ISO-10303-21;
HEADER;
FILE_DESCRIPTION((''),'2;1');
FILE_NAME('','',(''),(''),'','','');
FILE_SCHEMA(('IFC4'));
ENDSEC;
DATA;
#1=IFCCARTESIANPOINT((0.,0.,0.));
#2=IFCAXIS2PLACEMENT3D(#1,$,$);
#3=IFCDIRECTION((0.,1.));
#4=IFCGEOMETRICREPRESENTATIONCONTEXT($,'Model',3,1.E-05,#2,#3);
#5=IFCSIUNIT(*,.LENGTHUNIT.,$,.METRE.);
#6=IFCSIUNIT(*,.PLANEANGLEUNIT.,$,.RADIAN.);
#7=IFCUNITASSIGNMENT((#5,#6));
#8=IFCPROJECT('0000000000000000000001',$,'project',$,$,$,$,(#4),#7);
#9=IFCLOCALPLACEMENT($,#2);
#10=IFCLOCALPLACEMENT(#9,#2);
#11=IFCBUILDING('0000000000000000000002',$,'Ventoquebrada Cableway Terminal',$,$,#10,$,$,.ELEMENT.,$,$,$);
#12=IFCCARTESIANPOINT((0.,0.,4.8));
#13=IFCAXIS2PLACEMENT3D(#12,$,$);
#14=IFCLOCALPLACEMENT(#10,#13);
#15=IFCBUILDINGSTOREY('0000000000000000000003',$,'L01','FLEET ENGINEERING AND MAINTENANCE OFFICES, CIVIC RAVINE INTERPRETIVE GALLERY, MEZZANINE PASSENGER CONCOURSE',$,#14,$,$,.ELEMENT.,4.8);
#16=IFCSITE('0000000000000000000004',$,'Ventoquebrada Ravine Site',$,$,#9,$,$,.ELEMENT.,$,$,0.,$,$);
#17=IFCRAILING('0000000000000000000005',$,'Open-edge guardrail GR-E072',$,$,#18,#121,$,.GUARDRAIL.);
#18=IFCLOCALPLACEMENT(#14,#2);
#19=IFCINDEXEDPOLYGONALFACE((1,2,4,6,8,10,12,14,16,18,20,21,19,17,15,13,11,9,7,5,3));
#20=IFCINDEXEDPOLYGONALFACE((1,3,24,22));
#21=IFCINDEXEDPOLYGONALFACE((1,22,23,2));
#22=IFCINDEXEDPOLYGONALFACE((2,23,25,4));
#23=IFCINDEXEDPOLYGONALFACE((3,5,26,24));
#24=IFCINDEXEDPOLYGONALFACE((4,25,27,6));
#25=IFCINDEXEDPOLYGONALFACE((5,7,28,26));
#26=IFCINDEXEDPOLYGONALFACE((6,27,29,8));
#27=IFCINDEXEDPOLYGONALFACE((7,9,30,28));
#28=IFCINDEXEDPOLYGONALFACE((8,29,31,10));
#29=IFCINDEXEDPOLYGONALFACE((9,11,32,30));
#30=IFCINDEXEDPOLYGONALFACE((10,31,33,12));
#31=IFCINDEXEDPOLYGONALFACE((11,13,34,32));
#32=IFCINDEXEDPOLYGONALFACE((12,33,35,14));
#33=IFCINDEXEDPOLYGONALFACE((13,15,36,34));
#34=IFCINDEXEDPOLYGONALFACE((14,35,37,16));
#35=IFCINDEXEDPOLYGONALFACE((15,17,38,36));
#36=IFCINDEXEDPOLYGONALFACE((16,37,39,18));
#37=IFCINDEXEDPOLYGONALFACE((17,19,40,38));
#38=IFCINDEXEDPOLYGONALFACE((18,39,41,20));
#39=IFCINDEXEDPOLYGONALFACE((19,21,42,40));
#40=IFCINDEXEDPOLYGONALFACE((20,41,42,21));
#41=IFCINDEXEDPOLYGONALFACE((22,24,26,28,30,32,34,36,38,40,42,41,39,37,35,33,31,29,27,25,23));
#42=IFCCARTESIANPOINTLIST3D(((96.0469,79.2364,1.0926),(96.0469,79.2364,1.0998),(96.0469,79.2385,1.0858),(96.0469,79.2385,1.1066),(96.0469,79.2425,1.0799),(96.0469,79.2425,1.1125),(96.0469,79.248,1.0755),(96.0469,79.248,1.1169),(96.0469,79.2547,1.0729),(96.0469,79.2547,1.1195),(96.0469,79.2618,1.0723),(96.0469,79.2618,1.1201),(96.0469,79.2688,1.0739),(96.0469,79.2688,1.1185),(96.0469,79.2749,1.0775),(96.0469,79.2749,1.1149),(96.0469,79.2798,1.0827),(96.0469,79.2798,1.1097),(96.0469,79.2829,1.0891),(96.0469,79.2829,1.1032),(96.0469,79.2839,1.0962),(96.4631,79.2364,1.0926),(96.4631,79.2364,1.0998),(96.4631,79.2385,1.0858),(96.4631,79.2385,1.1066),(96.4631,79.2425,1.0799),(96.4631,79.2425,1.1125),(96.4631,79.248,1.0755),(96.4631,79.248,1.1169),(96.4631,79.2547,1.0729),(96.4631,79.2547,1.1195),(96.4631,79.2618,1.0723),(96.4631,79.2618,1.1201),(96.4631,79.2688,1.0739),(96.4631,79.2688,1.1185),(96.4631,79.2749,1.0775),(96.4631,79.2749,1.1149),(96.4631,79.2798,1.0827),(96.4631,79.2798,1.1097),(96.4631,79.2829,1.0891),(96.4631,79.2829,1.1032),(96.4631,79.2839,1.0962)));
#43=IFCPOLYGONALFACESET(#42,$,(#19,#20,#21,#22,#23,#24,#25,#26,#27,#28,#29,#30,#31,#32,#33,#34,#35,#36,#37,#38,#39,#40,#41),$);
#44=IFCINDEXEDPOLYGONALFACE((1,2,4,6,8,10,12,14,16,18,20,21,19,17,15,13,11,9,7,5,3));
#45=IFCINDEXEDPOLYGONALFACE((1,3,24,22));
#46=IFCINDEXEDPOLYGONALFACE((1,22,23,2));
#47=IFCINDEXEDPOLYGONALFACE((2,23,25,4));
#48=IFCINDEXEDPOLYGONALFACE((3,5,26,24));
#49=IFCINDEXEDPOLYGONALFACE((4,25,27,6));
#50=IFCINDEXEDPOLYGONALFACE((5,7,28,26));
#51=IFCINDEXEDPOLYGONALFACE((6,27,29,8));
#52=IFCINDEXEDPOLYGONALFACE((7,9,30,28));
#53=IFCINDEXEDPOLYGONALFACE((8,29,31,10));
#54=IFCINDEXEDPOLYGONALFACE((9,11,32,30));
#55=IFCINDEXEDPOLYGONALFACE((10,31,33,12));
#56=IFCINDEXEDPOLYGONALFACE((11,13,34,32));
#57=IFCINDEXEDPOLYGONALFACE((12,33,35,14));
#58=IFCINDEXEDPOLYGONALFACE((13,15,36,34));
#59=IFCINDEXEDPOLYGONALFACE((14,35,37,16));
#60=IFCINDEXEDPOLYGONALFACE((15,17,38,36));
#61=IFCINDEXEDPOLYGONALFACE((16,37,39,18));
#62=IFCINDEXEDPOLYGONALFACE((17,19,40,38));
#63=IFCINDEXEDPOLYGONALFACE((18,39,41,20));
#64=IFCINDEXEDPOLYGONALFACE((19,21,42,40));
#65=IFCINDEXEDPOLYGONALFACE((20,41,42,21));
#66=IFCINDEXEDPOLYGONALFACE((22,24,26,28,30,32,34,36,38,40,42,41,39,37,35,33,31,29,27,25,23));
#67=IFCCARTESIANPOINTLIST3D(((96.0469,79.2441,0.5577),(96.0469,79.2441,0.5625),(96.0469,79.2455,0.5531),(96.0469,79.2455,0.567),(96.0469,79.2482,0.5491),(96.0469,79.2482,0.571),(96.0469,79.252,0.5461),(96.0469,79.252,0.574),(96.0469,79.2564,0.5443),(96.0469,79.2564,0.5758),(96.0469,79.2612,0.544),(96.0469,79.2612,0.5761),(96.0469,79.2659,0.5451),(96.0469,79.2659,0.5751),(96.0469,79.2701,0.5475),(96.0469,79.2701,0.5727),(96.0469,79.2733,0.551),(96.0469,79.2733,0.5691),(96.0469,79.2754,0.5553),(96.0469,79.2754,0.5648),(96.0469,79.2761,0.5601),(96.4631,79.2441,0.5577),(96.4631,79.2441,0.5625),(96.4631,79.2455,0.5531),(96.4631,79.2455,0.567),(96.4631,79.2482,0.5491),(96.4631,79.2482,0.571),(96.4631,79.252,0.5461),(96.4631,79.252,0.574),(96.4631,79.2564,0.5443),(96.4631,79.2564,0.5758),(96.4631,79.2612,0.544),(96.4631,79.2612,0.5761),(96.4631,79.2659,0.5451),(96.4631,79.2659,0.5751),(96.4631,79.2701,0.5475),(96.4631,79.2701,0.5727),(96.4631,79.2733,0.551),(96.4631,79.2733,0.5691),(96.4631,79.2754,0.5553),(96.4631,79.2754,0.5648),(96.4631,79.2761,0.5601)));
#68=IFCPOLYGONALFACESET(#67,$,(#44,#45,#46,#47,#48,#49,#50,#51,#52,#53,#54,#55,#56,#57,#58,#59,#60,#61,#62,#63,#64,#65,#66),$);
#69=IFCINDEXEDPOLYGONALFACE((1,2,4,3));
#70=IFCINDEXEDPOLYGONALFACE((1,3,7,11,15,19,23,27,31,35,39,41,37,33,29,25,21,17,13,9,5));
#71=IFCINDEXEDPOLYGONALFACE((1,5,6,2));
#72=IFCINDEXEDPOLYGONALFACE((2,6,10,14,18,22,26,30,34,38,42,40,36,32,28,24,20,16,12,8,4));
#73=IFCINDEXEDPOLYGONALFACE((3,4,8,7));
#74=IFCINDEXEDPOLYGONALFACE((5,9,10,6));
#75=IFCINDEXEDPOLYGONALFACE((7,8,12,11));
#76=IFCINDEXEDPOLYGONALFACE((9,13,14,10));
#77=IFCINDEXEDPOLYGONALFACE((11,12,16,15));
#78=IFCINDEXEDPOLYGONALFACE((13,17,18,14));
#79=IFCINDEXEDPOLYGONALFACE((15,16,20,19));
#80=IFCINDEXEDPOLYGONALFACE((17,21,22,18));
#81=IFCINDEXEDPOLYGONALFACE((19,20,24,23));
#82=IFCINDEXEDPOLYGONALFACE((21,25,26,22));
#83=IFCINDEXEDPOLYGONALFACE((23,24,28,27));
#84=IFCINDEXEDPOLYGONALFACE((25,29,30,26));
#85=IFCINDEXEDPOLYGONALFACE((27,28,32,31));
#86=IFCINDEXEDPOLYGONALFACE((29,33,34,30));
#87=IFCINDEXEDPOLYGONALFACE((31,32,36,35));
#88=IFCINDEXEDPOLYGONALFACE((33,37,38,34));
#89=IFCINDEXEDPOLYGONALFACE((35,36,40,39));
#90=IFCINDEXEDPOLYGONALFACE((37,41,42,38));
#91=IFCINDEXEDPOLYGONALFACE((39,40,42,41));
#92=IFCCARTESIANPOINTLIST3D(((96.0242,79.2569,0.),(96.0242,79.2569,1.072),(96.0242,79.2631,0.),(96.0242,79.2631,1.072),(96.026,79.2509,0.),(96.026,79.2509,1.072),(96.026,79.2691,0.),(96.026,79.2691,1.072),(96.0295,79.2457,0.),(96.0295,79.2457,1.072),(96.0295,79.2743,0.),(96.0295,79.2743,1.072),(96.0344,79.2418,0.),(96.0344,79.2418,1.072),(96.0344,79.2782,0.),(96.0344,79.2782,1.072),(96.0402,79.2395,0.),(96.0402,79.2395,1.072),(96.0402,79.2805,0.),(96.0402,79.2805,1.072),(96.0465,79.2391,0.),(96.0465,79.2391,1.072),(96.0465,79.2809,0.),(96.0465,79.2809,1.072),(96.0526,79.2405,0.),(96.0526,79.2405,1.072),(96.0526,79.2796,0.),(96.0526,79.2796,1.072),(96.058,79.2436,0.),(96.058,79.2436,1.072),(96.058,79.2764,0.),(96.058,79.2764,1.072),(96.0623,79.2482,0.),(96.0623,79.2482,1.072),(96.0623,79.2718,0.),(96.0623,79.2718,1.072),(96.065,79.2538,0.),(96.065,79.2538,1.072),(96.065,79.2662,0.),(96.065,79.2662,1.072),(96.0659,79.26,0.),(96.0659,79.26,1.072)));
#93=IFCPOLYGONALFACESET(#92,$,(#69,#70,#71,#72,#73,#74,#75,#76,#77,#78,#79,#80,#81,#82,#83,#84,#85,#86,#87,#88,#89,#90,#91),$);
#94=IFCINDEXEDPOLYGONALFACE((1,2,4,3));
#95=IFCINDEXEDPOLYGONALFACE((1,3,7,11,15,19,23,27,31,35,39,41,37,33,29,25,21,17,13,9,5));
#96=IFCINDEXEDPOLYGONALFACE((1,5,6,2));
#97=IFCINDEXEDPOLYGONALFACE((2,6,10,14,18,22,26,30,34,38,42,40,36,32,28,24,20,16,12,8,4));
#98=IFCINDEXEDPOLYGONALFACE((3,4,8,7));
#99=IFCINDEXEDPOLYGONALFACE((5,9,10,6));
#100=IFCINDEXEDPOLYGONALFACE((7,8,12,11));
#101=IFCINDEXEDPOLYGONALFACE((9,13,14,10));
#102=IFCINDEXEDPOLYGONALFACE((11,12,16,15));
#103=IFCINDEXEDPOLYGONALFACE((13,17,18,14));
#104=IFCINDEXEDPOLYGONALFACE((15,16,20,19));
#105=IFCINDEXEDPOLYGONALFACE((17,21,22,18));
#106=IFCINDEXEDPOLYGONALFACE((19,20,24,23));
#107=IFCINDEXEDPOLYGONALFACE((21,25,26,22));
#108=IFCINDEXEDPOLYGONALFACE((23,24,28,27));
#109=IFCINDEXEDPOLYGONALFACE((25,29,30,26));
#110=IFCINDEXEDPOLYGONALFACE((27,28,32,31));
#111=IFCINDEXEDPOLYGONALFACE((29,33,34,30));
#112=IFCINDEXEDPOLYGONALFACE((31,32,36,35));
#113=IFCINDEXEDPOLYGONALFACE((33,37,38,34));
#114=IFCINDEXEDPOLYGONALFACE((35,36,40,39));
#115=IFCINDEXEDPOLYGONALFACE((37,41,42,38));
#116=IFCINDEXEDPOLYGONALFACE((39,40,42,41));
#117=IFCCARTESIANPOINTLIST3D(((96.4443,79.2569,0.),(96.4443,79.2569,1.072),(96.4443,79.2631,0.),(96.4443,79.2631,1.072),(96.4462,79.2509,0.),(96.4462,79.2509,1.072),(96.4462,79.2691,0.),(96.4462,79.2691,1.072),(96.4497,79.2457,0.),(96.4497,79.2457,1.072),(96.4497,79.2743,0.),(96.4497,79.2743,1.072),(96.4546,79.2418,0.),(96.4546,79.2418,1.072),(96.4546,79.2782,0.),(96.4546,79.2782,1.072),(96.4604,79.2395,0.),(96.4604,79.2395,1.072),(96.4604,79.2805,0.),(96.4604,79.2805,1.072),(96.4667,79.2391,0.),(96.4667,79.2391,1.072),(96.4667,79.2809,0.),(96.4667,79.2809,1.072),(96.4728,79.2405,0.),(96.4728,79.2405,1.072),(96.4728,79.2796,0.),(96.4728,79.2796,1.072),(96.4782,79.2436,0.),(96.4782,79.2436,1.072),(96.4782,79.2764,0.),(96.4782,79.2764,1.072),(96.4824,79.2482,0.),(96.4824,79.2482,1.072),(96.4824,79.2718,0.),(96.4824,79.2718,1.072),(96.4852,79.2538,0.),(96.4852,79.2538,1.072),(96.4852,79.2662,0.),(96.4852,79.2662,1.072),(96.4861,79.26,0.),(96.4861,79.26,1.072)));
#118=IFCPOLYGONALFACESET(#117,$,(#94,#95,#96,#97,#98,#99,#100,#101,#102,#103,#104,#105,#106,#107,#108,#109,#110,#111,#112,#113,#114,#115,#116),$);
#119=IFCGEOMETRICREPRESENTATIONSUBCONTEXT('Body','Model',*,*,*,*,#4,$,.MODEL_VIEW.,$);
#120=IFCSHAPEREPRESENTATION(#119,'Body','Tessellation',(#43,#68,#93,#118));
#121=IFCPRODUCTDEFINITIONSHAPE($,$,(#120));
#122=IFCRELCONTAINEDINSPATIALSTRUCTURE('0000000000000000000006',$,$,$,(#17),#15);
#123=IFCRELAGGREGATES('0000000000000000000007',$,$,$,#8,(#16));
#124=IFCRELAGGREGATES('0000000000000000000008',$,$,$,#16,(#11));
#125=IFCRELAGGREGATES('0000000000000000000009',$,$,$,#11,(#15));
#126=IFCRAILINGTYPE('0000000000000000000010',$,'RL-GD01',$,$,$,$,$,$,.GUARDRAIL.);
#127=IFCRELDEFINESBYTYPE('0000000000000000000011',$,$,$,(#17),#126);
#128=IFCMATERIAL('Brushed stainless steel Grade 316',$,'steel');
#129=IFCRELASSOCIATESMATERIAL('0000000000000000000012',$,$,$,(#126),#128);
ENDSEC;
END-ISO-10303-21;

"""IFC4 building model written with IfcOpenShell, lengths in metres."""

from ifc_helpers import new_model, si_unit, direction, frame, origin, origin_2d, place, context, subcontext, project, spatial, circle, extrude, material, type_object, element, save


model = new_model("IFC4")

# Units and contexts
model_context = context("Model", 3, precision=1e-05, world=origin(), true_north=direction((0.0, 1.0)))
body_context = subcontext(model_context, "Body", "Model", "MODEL_VIEW")
ifc_project = project(units=[si_unit("LENGTHUNIT", "METRE"), si_unit("PLANEANGLEUNIT", "RADIAN")], contexts=[model_context])

# Site, building, storey
site_placement = place(None, origin())
site = spatial("IfcSite", under=ifc_project, at=site_placement, Name="Ventoquebrada Ravine Site", CompositionType="ELEMENT", RefElevation=0.0)
building_placement = place(site_placement, origin())
building = spatial("IfcBuilding", under=site, at=building_placement, Name="Ventoquebrada Cableway Terminal", CompositionType="ELEMENT")
storey_placement = place(building_placement, frame((0.0, 0.0, 4.8)))
storey = spatial("IfcBuildingStorey", under=building, at=storey_placement, Name="L01", Description="FLEET ENGINEERING AND MAINTENANCE OFFICES, CIVIC RAVINE INTERPRETIVE GALLERY, MEZZANINE PASSENGER CONCOURSE", CompositionType="ELEMENT", Elevation=4.8)

# Railing
ifc_material_1 = material(Name="Brushed stainless steel Grade 316", Category="steel")
railing_type_1 = type_object("IfcRailingType", Name="RL-GD01", PredefinedType="GUARDRAIL", material=ifc_material_1)
railing_1_placement = place(storey_placement, frame((96.0449, 79.26, 0.0)))
element("IfcRailing", 1, at=railing_1_placement, inside=storey, type_object=railing_type_1, Name="Open-edge guardrail GR-E072", PredefinedType="GUARDRAIL", context=body_context, shape_type="SweptSolid", body=[
    extrude(circle(Radius=0.0239, at=origin_2d()), frame((0.002, 0.0, 1.0962), z_axis=(1.0, 0.0, 0.0), x_axis=(0.0, 1.0, 0.0)), (0.0, 0.0, 1.0), 0.4163),
    extrude(circle(Radius=0.0161, at=origin_2d()), frame((0.002, 0.0, 0.5601), z_axis=(1.0, 0.0, 0.0), x_axis=(0.0, 1.0, 0.0)), (0.0, 0.0, 1.0), 0.4163),
    extrude(circle(Radius=0.021, at=origin_2d()), origin(), (0.0, 0.0, 1.0), 1.072),
    extrude(circle(Radius=0.021, at=origin_2d()), frame((0.4202, 0.0, 0.0)), (0.0, 0.0, 1.0), 1.072),
])

save(model, "model.ifc")
